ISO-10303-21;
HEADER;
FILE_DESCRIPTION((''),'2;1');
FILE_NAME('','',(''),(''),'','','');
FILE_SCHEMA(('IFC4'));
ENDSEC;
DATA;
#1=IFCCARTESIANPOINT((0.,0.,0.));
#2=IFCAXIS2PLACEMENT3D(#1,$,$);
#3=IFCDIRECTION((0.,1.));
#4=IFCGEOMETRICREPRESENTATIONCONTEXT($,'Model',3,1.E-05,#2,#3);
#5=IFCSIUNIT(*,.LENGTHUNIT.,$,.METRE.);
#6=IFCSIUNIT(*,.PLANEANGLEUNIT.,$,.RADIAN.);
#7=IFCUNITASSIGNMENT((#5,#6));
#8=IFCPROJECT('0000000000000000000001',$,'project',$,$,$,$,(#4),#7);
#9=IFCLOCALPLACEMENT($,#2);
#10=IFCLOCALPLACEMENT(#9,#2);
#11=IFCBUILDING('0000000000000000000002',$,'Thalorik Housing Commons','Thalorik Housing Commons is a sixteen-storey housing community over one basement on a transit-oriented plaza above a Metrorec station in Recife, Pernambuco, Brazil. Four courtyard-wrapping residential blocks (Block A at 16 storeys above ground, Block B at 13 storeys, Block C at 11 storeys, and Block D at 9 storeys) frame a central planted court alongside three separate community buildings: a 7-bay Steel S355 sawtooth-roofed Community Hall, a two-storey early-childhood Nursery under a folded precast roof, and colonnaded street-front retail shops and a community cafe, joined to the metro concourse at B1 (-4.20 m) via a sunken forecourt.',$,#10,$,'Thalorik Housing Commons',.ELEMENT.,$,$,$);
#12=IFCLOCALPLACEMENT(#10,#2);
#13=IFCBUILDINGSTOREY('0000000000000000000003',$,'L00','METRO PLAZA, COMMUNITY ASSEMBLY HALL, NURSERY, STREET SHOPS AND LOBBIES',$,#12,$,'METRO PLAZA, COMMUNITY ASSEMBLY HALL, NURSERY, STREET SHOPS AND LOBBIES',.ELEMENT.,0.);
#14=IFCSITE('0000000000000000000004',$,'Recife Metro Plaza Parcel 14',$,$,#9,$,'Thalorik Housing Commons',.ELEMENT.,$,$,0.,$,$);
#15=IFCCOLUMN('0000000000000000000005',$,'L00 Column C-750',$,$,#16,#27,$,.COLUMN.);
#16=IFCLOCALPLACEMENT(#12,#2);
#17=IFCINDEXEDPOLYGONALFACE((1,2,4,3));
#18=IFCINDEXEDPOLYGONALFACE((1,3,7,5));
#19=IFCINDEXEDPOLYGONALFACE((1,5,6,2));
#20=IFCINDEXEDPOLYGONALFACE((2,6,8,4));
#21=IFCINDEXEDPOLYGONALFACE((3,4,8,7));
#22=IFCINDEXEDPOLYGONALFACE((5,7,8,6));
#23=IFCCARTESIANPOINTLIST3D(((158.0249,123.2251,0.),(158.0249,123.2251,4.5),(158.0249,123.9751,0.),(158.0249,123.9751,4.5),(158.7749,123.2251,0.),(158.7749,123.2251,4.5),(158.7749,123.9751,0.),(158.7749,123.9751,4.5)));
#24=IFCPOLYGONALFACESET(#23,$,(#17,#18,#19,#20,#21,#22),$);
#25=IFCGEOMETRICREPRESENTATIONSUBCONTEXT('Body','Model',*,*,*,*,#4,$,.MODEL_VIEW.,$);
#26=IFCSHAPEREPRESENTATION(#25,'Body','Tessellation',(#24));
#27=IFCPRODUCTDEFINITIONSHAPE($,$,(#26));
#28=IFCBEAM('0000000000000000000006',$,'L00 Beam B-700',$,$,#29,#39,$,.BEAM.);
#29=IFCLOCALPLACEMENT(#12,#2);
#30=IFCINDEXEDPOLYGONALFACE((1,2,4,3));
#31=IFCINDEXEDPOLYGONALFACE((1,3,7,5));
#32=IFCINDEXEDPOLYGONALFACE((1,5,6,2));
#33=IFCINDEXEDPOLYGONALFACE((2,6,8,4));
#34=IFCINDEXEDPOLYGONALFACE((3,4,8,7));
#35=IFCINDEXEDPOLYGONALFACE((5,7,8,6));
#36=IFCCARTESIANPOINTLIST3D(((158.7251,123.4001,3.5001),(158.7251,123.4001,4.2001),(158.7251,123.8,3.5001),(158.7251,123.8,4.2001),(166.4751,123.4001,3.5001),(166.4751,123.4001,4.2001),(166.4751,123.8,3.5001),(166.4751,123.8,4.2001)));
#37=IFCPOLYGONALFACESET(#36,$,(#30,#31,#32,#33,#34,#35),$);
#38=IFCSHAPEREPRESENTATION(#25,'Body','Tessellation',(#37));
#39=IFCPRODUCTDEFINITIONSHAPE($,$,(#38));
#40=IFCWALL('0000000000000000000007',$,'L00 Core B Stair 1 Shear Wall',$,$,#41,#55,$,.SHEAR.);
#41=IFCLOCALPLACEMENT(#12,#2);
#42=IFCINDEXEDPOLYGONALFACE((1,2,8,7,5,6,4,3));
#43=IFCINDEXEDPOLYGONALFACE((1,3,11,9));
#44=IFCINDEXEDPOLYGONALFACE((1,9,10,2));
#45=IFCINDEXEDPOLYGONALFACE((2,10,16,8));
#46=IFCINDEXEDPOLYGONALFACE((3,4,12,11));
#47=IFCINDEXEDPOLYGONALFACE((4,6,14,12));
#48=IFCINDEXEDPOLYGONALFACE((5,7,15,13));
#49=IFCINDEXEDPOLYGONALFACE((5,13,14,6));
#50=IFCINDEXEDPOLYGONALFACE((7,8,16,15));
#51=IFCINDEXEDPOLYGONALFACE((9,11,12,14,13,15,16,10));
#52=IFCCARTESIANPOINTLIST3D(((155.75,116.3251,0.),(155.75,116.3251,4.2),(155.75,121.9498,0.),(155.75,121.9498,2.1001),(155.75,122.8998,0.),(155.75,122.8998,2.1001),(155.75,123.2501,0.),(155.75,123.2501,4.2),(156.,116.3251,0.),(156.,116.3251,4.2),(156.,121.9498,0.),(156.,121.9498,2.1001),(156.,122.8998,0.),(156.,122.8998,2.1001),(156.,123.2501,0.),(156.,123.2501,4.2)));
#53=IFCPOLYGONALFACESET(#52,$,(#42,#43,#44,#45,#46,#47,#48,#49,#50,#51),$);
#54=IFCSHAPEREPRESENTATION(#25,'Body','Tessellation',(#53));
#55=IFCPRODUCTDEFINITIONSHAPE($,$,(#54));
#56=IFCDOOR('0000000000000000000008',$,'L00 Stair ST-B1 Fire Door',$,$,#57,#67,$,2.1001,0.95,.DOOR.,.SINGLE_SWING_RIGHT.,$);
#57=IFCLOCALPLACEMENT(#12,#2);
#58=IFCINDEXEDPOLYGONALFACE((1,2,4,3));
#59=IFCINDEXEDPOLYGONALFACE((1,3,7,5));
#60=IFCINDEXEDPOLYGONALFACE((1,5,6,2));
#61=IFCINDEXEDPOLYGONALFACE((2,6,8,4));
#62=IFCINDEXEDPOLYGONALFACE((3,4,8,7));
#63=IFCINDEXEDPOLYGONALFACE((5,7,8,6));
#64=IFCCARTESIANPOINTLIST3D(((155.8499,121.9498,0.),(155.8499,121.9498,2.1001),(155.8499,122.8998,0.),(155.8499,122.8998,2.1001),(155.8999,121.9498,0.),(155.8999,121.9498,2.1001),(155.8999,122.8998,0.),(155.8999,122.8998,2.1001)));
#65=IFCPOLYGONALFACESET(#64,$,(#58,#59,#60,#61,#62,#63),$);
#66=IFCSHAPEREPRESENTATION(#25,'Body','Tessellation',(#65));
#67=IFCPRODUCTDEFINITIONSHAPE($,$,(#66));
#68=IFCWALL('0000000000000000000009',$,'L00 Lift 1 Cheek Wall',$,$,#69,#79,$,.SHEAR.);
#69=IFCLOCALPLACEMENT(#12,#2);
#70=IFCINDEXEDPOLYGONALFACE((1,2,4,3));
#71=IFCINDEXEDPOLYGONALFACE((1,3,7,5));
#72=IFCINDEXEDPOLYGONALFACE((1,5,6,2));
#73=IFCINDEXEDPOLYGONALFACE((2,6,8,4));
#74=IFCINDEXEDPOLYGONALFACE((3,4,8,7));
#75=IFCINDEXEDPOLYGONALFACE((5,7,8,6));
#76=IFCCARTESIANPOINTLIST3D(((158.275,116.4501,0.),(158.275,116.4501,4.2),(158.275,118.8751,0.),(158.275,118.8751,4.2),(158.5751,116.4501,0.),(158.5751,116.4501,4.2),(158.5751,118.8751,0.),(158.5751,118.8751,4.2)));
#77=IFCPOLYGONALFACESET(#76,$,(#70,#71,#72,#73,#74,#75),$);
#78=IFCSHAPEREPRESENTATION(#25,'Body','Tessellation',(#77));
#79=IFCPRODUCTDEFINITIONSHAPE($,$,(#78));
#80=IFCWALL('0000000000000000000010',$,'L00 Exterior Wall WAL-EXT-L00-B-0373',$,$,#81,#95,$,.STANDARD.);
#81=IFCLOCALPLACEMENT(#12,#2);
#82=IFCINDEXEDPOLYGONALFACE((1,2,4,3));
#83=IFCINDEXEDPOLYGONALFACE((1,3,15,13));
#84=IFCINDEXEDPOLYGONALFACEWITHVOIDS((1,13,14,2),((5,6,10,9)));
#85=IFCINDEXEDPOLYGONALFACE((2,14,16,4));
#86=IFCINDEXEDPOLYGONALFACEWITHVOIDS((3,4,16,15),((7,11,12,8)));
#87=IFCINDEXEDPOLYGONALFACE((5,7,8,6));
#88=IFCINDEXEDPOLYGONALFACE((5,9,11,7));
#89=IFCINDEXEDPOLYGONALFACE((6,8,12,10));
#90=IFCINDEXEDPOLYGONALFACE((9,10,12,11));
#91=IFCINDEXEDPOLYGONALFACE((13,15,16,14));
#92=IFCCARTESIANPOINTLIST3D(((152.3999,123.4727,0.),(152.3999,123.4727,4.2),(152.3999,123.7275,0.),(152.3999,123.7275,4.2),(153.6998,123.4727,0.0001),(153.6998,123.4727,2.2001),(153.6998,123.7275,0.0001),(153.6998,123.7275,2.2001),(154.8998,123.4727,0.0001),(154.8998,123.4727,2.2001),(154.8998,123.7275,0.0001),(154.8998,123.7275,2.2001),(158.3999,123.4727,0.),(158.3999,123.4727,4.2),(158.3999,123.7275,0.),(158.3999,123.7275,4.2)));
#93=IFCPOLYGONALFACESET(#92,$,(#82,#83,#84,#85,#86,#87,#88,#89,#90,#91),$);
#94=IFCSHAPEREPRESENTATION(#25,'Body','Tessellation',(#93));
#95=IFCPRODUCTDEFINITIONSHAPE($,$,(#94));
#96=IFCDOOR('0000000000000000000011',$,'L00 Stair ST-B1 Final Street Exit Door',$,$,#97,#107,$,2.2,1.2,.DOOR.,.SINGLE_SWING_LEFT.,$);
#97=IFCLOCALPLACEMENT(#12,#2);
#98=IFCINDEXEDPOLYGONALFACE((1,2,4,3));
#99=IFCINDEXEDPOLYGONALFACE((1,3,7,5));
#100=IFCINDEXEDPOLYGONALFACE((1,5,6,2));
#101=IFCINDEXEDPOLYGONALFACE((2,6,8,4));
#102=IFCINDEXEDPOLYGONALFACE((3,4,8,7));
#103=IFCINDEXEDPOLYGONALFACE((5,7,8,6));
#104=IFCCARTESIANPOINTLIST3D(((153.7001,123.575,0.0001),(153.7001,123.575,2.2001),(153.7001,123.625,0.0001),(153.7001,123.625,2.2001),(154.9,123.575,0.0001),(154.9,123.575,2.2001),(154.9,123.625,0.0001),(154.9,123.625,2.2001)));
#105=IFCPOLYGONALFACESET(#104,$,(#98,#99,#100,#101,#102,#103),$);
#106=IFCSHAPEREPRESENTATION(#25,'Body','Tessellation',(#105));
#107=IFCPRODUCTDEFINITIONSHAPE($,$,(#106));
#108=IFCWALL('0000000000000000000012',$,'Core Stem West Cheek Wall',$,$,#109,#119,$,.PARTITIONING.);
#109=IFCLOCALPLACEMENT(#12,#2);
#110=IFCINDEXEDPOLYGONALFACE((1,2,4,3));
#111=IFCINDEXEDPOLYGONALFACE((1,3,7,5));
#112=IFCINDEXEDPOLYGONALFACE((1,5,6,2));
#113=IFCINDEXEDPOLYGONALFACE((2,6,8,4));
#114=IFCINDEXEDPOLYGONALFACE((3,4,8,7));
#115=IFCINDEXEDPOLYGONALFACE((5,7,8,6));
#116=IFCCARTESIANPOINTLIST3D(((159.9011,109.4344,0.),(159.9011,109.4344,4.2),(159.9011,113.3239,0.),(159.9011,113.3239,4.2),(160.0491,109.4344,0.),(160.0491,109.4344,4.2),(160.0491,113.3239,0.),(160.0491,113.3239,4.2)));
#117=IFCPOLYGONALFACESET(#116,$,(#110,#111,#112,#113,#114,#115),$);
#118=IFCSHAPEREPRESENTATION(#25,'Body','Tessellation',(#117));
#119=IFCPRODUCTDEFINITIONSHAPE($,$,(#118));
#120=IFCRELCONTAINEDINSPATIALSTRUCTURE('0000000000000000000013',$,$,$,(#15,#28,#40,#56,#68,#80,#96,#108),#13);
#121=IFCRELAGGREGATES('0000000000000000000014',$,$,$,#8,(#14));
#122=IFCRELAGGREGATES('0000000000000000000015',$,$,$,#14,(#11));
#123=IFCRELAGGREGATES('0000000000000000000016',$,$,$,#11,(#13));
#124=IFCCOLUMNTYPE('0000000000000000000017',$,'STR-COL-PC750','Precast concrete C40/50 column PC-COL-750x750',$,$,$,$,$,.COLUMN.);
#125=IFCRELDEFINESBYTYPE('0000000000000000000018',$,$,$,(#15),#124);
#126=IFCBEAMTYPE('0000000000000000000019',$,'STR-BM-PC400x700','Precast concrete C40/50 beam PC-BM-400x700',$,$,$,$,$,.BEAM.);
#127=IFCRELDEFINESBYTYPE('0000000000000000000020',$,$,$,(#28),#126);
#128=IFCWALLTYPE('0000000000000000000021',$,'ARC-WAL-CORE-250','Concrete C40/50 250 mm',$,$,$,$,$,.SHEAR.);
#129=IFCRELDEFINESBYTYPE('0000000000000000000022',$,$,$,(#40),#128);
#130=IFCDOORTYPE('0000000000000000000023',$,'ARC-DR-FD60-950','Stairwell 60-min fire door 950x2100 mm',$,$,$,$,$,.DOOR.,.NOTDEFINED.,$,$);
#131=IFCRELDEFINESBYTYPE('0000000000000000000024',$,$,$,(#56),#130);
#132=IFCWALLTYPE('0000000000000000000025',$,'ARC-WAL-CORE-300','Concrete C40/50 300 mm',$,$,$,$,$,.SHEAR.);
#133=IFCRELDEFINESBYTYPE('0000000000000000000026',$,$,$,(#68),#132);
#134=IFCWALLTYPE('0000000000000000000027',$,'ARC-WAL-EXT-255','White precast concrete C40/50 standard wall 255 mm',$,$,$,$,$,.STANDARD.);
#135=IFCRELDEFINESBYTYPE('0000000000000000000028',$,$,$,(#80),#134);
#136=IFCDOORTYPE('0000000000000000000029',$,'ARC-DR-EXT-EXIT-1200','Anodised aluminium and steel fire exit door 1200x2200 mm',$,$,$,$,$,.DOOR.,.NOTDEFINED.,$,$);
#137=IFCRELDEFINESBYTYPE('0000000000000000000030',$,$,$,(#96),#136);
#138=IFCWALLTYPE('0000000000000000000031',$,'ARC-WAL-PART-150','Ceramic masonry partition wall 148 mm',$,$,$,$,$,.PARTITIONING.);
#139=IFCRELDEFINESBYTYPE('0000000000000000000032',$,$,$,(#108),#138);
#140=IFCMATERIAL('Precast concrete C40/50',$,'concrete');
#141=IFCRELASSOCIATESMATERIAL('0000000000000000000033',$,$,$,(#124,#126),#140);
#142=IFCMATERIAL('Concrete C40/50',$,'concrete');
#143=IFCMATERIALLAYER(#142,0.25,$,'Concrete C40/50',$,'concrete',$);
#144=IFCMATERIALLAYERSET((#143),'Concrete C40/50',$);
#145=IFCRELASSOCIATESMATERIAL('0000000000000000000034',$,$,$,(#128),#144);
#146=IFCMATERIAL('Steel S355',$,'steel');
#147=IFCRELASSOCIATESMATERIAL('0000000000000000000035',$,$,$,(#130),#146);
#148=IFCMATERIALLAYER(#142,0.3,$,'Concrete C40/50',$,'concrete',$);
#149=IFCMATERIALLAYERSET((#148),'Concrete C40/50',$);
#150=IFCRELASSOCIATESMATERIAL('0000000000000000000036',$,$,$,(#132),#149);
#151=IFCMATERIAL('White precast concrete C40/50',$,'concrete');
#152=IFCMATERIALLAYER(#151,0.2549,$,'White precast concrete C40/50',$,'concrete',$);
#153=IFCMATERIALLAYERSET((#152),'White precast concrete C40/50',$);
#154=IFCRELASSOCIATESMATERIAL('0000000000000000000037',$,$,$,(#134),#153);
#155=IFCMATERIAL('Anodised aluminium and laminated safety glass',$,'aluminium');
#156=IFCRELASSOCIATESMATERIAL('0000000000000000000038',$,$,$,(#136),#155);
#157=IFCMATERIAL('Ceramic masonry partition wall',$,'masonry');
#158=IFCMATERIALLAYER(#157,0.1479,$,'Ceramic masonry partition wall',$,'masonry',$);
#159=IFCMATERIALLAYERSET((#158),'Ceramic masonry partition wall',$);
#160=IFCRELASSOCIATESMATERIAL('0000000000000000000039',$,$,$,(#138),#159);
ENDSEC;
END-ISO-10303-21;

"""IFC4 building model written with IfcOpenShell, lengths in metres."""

from ifc_helpers import new_model, si_unit, direction, frame, frame_2d, origin, origin_2d, place, context, subcontext, project, spatial, rectangle, extrude, material, layer, layer_set, material_profile, profile_set, type_object, element, fill, save


model = new_model("IFC4")

# Units and contexts
model_context = context("Model", 3, precision=1e-05, world=origin(), true_north=direction((0.0, 1.0)))
body_context = subcontext(model_context, "Body", "Model", "MODEL_VIEW")
ifc_project = project(units=[si_unit("LENGTHUNIT", "METRE"), si_unit("PLANEANGLEUNIT", "RADIAN")], contexts=[model_context])

# Site, building, storey
site_placement = place(None, origin())
site = spatial("IfcSite", under=ifc_project, at=site_placement, Name="Recife Metro Plaza Parcel 14", LongName="Thalorik Housing Commons", CompositionType="ELEMENT", RefElevation=0.0)
building_placement = place(site_placement, origin())
building = spatial("IfcBuilding", under=site, at=building_placement, Name="Thalorik Housing Commons", Description="Thalorik Housing Commons is a sixteen-storey housing community over one basement on a transit-oriented plaza above a Metrorec station in Recife, Pernambuco, Brazil. Four courtyard-wrapping residential blocks (Block A at 16 storeys above ground, Block B at 13 storeys, Block C at 11 storeys, and Block D at 9 storeys) frame a central planted court alongside three separate community buildings: a 7-bay Steel S355 sawtooth-roofed Community Hall, a two-storey early-childhood Nursery under a folded precast roof, and colonnaded street-front retail shops and a community cafe, joined to the metro concourse at B1 (-4.20 m) via a sunken forecourt.", LongName="Thalorik Housing Commons", CompositionType="ELEMENT")
storey_placement = place(building_placement, origin())
storey = spatial("IfcBuildingStorey", under=building, at=storey_placement, Name="L00", Description="METRO PLAZA, COMMUNITY ASSEMBLY HALL, NURSERY, STREET SHOPS AND LOBBIES", LongName="METRO PLAZA, COMMUNITY ASSEMBLY HALL, NURSERY, STREET SHOPS AND LOBBIES", CompositionType="ELEMENT", Elevation=0.0)

# Column
ifc_material_1 = material(Name="Precast concrete C40/50", Category="concrete")
ifc_material_profile_1 = material_profile(ifc_material_1, rectangle(XDim=0.75, YDim=0.75, at=origin_2d()), Name="PC 750x750", Category="concrete")
ifc_profile_set_1 = profile_set([ifc_material_profile_1], Name="Precast concrete C40/50")
column_type = type_object("IfcColumnType", Name="STR-COL-PC750", Description="Precast concrete C40/50 column PC-COL-750x750", PredefinedType="COLUMN", material=ifc_profile_set_1)
column_placement = place(storey_placement, frame((158.3999, 123.6001, 0.0), z_axis=(0.0, 0.0, 1.0), x_axis=(1.0, 0.0, 0.0)))
element("IfcColumn", 1, at=column_placement, inside=storey, type_object=column_type, Name="L00 Column C-750", PredefinedType="COLUMN", context=body_context, shape_type="SweptSolid", body=[
    extrude(rectangle(XDim=0.75, YDim=0.75, at=origin_2d()), origin(), (0.0, 0.0, 1.0), 4.5),
])

# Beam
ifc_material_profile_2 = material_profile(ifc_material_1, rectangle(XDim=0.3999, YDim=0.7, at=origin_2d()), Name="PC 400x700", Category="concrete")
ifc_profile_set_2 = profile_set([ifc_material_profile_2], Name="Precast concrete C40/50")
beam_type = type_object("IfcBeamType", Name="STR-BM-PC400x700", Description="Precast concrete C40/50 beam PC-BM-400x700", PredefinedType="BEAM", material=ifc_profile_set_2)
beam_placement = place(storey_placement, frame((158.7251, 123.6001, 3.8501), z_axis=(1.0, 0.0, 0.0), x_axis=(0.0, 1.0, 0.0)))
element("IfcBeam", 2, at=beam_placement, inside=storey, type_object=beam_type, Name="L00 Beam B-700", PredefinedType="BEAM", context=body_context, shape_type="SweptSolid", body=[
    extrude(rectangle(XDim=0.3999, YDim=0.7, at=origin_2d()), origin(), (0.0, 0.0, 1.0), 7.75),
])

# Wall, opening, door
ifc_material_2 = material(Name="Concrete C40/50", Category="concrete")
ifc_layer_1 = layer(ifc_material_2, 0.25, Name="Concrete C40/50", Category="concrete")
ifc_layer_set_1 = layer_set([ifc_layer_1], Name="Concrete C40/50")
wall_type_1 = type_object("IfcWallType", Name="ARC-WAL-CORE-250", Description="Concrete C40/50 250 mm", PredefinedType="SHEAR", material=ifc_layer_set_1)
wall_1_placement = place(storey_placement, frame((155.875, 123.25, 0.0), z_axis=(0.0, 0.0, 1.0), x_axis=(0.0, -1.0, 0.0)))
wall_1 = element("IfcWall", 3, at=wall_1_placement, inside=storey, type_object=wall_type_1, Name="L00 Core B Stair 1 Shear Wall", PredefinedType="SHEAR", context=body_context, shape_type="SweptSolid", body=[
    extrude(rectangle(XDim=6.925, YDim=0.25, at=frame_2d((3.4624, 0.0))), origin(), (0.0, 0.0, 1.0), 4.2),
])
opening_1_placement = place(wall_1_placement, frame((0.3501, 0.0, 0.0)))
opening_1 = element("IfcOpeningElement", 4, at=opening_1_placement, cuts=wall_1, PredefinedType="OPENING", context=body_context, shape_type="SweptSolid", body=[
    extrude(rectangle(XDim=0.95, YDim=2.1001, at=frame_2d((0.4751, 1.05))), frame((0.0, 0.135, 0.0), z_axis=(0.0, -1.0, 0.0), x_axis=(1.0, 0.0, 0.0)), (0.0, 0.0, 1.0), 0.27),
])
ifc_material_3 = material(Name="Steel S355", Category="steel")
door_type_1 = type_object("IfcDoorType", Name="ARC-DR-FD60-950", Description="Stairwell 60-min fire door 950x2100 mm", OperationType="NOTDEFINED", PredefinedType="DOOR", material=ifc_material_3)
door_1_placement = place(opening_1_placement, origin())
door_1 = element("IfcDoor", 5, at=door_1_placement, inside=storey, type_object=door_type_1, Name="L00 Stair ST-B1 Fire Door", OperationType="SINGLE_SWING_RIGHT", OverallHeight=2.1001, OverallWidth=0.95, PredefinedType="DOOR", context=body_context, shape_type="SweptSolid", body=[
    extrude(rectangle(XDim=0.95, YDim=2.1001, at=frame_2d((0.4751, 1.05))), frame((0.0, 0.0249, 0.0), z_axis=(0.0, -1.0, 0.0), x_axis=(1.0, 0.0, 0.0)), (0.0, 0.0, 1.0), 0.05),
])
fill(opening_1, door_1)

# Wall
ifc_layer_2 = layer(ifc_material_2, 0.3, Name="Concrete C40/50", Category="concrete")
ifc_layer_set_2 = layer_set([ifc_layer_2], Name="Concrete C40/50")
wall_type_2 = type_object("IfcWallType", Name="ARC-WAL-CORE-300", Description="Concrete C40/50 300 mm", PredefinedType="SHEAR", material=ifc_layer_set_2)
wall_2_placement = place(storey_placement, frame((158.425, 118.875, 0.0), z_axis=(0.0, 0.0, 1.0), x_axis=(0.0, -1.0, 0.0)))
element("IfcWall", 6, at=wall_2_placement, inside=storey, type_object=wall_type_2, Name="L00 Lift 1 Cheek Wall", PredefinedType="SHEAR", context=body_context, shape_type="SweptSolid", body=[
    extrude(rectangle(XDim=2.425, YDim=0.3, at=frame_2d((1.2124, 0.0))), origin(), (0.0, 0.0, 1.0), 4.2),
])

# Wall, opening, door
ifc_material_4 = material(Name="White precast concrete C40/50", Category="concrete")
ifc_layer_3 = layer(ifc_material_4, 0.2549, Name="White precast concrete C40/50", Category="concrete")
ifc_layer_set_3 = layer_set([ifc_layer_3], Name="White precast concrete C40/50")
wall_type_3 = type_object("IfcWallType", Name="ARC-WAL-EXT-255", Description="White precast concrete C40/50 standard wall 255 mm", PredefinedType="STANDARD", material=ifc_layer_set_3)
wall_3_placement = place(storey_placement, frame((158.3999, 123.6001, 0.0), z_axis=(0.0, 0.0, 1.0), x_axis=(-1.0, 0.0, 0.0)))
wall_3 = element("IfcWall", 7, at=wall_3_placement, inside=storey, type_object=wall_type_3, Name="L00 Exterior Wall WAL-EXT-L00-B-0373", PredefinedType="STANDARD", context=body_context, shape_type="SweptSolid", body=[
    extrude(rectangle(XDim=6.0, YDim=0.2549, at=frame_2d((3.0, 0.0))), origin(), (0.0, 0.0, 1.0), 4.2),
])
opening_2_placement = place(wall_3_placement, frame((3.5, 0.0, 0.0)))
opening_2 = element("IfcOpeningElement", 8, at=opening_2_placement, cuts=wall_3, PredefinedType="OPENING", context=body_context, shape_type="SweptSolid", body=[
    extrude(rectangle(XDim=1.2, YDim=2.2, at=frame_2d((0.6001, 1.1001))), frame((0.0, 0.1375, 0.0), z_axis=(0.0, -1.0, 0.0), x_axis=(1.0, 0.0, 0.0)), (0.0, 0.0, 1.0), 0.2749),
])
ifc_material_5 = material(Name="Anodised aluminium and laminated safety glass", Category="aluminium")
door_type_2 = type_object("IfcDoorType", Name="ARC-DR-EXT-EXIT-1200", Description="Anodised aluminium and steel fire exit door 1200x2200 mm", OperationType="NOTDEFINED", PredefinedType="DOOR", material=ifc_material_5)
door_2_placement = place(opening_2_placement, frame((1.2, 0.0, 0.0), z_axis=(0.0, 0.0, 1.0), x_axis=(-1.0, 0.0, 0.0)))
door_2 = element("IfcDoor", 9, at=door_2_placement, inside=storey, type_object=door_type_2, Name="L00 Stair ST-B1 Final Street Exit Door", OperationType="SINGLE_SWING_LEFT", OverallHeight=2.2, OverallWidth=1.2, PredefinedType="DOOR", context=body_context, shape_type="SweptSolid", body=[
    extrude(rectangle(XDim=1.2, YDim=2.2, at=frame_2d((0.6001, 1.1001))), frame((0.0, 0.0249, 0.0), z_axis=(0.0, -1.0, 0.0), x_axis=(1.0, 0.0, 0.0)), (0.0, 0.0, 1.0), 0.05),
])
fill(opening_2, door_2)

# Wall
ifc_material_6 = material(Name="Ceramic masonry partition wall", Category="masonry")
ifc_layer_4 = layer(ifc_material_6, 0.1479, Name="Ceramic masonry partition wall", Category="masonry")
ifc_layer_set_4 = layer_set([ifc_layer_4], Name="Ceramic masonry partition wall")
wall_type_4 = type_object("IfcWallType", Name="ARC-WAL-PART-150", Description="Ceramic masonry partition wall 148 mm", PredefinedType="PARTITIONING", material=ifc_layer_set_4)
wall_4_placement = place(storey_placement, frame((159.9751, 113.324, 0.0), z_axis=(0.0, 0.0, 1.0), x_axis=(0.0, -1.0, 0.0)))
element("IfcWall", 10, at=wall_4_placement, inside=storey, type_object=wall_type_4, Name="Core Stem West Cheek Wall", PredefinedType="PARTITIONING", context=body_context, shape_type="SweptSolid", body=[
    extrude(rectangle(XDim=3.8894, YDim=0.1479, at=frame_2d((1.9448, 0.0))), origin(), (0.0, 0.0, 1.0), 4.2),
])

save(model, "model.ifc")
